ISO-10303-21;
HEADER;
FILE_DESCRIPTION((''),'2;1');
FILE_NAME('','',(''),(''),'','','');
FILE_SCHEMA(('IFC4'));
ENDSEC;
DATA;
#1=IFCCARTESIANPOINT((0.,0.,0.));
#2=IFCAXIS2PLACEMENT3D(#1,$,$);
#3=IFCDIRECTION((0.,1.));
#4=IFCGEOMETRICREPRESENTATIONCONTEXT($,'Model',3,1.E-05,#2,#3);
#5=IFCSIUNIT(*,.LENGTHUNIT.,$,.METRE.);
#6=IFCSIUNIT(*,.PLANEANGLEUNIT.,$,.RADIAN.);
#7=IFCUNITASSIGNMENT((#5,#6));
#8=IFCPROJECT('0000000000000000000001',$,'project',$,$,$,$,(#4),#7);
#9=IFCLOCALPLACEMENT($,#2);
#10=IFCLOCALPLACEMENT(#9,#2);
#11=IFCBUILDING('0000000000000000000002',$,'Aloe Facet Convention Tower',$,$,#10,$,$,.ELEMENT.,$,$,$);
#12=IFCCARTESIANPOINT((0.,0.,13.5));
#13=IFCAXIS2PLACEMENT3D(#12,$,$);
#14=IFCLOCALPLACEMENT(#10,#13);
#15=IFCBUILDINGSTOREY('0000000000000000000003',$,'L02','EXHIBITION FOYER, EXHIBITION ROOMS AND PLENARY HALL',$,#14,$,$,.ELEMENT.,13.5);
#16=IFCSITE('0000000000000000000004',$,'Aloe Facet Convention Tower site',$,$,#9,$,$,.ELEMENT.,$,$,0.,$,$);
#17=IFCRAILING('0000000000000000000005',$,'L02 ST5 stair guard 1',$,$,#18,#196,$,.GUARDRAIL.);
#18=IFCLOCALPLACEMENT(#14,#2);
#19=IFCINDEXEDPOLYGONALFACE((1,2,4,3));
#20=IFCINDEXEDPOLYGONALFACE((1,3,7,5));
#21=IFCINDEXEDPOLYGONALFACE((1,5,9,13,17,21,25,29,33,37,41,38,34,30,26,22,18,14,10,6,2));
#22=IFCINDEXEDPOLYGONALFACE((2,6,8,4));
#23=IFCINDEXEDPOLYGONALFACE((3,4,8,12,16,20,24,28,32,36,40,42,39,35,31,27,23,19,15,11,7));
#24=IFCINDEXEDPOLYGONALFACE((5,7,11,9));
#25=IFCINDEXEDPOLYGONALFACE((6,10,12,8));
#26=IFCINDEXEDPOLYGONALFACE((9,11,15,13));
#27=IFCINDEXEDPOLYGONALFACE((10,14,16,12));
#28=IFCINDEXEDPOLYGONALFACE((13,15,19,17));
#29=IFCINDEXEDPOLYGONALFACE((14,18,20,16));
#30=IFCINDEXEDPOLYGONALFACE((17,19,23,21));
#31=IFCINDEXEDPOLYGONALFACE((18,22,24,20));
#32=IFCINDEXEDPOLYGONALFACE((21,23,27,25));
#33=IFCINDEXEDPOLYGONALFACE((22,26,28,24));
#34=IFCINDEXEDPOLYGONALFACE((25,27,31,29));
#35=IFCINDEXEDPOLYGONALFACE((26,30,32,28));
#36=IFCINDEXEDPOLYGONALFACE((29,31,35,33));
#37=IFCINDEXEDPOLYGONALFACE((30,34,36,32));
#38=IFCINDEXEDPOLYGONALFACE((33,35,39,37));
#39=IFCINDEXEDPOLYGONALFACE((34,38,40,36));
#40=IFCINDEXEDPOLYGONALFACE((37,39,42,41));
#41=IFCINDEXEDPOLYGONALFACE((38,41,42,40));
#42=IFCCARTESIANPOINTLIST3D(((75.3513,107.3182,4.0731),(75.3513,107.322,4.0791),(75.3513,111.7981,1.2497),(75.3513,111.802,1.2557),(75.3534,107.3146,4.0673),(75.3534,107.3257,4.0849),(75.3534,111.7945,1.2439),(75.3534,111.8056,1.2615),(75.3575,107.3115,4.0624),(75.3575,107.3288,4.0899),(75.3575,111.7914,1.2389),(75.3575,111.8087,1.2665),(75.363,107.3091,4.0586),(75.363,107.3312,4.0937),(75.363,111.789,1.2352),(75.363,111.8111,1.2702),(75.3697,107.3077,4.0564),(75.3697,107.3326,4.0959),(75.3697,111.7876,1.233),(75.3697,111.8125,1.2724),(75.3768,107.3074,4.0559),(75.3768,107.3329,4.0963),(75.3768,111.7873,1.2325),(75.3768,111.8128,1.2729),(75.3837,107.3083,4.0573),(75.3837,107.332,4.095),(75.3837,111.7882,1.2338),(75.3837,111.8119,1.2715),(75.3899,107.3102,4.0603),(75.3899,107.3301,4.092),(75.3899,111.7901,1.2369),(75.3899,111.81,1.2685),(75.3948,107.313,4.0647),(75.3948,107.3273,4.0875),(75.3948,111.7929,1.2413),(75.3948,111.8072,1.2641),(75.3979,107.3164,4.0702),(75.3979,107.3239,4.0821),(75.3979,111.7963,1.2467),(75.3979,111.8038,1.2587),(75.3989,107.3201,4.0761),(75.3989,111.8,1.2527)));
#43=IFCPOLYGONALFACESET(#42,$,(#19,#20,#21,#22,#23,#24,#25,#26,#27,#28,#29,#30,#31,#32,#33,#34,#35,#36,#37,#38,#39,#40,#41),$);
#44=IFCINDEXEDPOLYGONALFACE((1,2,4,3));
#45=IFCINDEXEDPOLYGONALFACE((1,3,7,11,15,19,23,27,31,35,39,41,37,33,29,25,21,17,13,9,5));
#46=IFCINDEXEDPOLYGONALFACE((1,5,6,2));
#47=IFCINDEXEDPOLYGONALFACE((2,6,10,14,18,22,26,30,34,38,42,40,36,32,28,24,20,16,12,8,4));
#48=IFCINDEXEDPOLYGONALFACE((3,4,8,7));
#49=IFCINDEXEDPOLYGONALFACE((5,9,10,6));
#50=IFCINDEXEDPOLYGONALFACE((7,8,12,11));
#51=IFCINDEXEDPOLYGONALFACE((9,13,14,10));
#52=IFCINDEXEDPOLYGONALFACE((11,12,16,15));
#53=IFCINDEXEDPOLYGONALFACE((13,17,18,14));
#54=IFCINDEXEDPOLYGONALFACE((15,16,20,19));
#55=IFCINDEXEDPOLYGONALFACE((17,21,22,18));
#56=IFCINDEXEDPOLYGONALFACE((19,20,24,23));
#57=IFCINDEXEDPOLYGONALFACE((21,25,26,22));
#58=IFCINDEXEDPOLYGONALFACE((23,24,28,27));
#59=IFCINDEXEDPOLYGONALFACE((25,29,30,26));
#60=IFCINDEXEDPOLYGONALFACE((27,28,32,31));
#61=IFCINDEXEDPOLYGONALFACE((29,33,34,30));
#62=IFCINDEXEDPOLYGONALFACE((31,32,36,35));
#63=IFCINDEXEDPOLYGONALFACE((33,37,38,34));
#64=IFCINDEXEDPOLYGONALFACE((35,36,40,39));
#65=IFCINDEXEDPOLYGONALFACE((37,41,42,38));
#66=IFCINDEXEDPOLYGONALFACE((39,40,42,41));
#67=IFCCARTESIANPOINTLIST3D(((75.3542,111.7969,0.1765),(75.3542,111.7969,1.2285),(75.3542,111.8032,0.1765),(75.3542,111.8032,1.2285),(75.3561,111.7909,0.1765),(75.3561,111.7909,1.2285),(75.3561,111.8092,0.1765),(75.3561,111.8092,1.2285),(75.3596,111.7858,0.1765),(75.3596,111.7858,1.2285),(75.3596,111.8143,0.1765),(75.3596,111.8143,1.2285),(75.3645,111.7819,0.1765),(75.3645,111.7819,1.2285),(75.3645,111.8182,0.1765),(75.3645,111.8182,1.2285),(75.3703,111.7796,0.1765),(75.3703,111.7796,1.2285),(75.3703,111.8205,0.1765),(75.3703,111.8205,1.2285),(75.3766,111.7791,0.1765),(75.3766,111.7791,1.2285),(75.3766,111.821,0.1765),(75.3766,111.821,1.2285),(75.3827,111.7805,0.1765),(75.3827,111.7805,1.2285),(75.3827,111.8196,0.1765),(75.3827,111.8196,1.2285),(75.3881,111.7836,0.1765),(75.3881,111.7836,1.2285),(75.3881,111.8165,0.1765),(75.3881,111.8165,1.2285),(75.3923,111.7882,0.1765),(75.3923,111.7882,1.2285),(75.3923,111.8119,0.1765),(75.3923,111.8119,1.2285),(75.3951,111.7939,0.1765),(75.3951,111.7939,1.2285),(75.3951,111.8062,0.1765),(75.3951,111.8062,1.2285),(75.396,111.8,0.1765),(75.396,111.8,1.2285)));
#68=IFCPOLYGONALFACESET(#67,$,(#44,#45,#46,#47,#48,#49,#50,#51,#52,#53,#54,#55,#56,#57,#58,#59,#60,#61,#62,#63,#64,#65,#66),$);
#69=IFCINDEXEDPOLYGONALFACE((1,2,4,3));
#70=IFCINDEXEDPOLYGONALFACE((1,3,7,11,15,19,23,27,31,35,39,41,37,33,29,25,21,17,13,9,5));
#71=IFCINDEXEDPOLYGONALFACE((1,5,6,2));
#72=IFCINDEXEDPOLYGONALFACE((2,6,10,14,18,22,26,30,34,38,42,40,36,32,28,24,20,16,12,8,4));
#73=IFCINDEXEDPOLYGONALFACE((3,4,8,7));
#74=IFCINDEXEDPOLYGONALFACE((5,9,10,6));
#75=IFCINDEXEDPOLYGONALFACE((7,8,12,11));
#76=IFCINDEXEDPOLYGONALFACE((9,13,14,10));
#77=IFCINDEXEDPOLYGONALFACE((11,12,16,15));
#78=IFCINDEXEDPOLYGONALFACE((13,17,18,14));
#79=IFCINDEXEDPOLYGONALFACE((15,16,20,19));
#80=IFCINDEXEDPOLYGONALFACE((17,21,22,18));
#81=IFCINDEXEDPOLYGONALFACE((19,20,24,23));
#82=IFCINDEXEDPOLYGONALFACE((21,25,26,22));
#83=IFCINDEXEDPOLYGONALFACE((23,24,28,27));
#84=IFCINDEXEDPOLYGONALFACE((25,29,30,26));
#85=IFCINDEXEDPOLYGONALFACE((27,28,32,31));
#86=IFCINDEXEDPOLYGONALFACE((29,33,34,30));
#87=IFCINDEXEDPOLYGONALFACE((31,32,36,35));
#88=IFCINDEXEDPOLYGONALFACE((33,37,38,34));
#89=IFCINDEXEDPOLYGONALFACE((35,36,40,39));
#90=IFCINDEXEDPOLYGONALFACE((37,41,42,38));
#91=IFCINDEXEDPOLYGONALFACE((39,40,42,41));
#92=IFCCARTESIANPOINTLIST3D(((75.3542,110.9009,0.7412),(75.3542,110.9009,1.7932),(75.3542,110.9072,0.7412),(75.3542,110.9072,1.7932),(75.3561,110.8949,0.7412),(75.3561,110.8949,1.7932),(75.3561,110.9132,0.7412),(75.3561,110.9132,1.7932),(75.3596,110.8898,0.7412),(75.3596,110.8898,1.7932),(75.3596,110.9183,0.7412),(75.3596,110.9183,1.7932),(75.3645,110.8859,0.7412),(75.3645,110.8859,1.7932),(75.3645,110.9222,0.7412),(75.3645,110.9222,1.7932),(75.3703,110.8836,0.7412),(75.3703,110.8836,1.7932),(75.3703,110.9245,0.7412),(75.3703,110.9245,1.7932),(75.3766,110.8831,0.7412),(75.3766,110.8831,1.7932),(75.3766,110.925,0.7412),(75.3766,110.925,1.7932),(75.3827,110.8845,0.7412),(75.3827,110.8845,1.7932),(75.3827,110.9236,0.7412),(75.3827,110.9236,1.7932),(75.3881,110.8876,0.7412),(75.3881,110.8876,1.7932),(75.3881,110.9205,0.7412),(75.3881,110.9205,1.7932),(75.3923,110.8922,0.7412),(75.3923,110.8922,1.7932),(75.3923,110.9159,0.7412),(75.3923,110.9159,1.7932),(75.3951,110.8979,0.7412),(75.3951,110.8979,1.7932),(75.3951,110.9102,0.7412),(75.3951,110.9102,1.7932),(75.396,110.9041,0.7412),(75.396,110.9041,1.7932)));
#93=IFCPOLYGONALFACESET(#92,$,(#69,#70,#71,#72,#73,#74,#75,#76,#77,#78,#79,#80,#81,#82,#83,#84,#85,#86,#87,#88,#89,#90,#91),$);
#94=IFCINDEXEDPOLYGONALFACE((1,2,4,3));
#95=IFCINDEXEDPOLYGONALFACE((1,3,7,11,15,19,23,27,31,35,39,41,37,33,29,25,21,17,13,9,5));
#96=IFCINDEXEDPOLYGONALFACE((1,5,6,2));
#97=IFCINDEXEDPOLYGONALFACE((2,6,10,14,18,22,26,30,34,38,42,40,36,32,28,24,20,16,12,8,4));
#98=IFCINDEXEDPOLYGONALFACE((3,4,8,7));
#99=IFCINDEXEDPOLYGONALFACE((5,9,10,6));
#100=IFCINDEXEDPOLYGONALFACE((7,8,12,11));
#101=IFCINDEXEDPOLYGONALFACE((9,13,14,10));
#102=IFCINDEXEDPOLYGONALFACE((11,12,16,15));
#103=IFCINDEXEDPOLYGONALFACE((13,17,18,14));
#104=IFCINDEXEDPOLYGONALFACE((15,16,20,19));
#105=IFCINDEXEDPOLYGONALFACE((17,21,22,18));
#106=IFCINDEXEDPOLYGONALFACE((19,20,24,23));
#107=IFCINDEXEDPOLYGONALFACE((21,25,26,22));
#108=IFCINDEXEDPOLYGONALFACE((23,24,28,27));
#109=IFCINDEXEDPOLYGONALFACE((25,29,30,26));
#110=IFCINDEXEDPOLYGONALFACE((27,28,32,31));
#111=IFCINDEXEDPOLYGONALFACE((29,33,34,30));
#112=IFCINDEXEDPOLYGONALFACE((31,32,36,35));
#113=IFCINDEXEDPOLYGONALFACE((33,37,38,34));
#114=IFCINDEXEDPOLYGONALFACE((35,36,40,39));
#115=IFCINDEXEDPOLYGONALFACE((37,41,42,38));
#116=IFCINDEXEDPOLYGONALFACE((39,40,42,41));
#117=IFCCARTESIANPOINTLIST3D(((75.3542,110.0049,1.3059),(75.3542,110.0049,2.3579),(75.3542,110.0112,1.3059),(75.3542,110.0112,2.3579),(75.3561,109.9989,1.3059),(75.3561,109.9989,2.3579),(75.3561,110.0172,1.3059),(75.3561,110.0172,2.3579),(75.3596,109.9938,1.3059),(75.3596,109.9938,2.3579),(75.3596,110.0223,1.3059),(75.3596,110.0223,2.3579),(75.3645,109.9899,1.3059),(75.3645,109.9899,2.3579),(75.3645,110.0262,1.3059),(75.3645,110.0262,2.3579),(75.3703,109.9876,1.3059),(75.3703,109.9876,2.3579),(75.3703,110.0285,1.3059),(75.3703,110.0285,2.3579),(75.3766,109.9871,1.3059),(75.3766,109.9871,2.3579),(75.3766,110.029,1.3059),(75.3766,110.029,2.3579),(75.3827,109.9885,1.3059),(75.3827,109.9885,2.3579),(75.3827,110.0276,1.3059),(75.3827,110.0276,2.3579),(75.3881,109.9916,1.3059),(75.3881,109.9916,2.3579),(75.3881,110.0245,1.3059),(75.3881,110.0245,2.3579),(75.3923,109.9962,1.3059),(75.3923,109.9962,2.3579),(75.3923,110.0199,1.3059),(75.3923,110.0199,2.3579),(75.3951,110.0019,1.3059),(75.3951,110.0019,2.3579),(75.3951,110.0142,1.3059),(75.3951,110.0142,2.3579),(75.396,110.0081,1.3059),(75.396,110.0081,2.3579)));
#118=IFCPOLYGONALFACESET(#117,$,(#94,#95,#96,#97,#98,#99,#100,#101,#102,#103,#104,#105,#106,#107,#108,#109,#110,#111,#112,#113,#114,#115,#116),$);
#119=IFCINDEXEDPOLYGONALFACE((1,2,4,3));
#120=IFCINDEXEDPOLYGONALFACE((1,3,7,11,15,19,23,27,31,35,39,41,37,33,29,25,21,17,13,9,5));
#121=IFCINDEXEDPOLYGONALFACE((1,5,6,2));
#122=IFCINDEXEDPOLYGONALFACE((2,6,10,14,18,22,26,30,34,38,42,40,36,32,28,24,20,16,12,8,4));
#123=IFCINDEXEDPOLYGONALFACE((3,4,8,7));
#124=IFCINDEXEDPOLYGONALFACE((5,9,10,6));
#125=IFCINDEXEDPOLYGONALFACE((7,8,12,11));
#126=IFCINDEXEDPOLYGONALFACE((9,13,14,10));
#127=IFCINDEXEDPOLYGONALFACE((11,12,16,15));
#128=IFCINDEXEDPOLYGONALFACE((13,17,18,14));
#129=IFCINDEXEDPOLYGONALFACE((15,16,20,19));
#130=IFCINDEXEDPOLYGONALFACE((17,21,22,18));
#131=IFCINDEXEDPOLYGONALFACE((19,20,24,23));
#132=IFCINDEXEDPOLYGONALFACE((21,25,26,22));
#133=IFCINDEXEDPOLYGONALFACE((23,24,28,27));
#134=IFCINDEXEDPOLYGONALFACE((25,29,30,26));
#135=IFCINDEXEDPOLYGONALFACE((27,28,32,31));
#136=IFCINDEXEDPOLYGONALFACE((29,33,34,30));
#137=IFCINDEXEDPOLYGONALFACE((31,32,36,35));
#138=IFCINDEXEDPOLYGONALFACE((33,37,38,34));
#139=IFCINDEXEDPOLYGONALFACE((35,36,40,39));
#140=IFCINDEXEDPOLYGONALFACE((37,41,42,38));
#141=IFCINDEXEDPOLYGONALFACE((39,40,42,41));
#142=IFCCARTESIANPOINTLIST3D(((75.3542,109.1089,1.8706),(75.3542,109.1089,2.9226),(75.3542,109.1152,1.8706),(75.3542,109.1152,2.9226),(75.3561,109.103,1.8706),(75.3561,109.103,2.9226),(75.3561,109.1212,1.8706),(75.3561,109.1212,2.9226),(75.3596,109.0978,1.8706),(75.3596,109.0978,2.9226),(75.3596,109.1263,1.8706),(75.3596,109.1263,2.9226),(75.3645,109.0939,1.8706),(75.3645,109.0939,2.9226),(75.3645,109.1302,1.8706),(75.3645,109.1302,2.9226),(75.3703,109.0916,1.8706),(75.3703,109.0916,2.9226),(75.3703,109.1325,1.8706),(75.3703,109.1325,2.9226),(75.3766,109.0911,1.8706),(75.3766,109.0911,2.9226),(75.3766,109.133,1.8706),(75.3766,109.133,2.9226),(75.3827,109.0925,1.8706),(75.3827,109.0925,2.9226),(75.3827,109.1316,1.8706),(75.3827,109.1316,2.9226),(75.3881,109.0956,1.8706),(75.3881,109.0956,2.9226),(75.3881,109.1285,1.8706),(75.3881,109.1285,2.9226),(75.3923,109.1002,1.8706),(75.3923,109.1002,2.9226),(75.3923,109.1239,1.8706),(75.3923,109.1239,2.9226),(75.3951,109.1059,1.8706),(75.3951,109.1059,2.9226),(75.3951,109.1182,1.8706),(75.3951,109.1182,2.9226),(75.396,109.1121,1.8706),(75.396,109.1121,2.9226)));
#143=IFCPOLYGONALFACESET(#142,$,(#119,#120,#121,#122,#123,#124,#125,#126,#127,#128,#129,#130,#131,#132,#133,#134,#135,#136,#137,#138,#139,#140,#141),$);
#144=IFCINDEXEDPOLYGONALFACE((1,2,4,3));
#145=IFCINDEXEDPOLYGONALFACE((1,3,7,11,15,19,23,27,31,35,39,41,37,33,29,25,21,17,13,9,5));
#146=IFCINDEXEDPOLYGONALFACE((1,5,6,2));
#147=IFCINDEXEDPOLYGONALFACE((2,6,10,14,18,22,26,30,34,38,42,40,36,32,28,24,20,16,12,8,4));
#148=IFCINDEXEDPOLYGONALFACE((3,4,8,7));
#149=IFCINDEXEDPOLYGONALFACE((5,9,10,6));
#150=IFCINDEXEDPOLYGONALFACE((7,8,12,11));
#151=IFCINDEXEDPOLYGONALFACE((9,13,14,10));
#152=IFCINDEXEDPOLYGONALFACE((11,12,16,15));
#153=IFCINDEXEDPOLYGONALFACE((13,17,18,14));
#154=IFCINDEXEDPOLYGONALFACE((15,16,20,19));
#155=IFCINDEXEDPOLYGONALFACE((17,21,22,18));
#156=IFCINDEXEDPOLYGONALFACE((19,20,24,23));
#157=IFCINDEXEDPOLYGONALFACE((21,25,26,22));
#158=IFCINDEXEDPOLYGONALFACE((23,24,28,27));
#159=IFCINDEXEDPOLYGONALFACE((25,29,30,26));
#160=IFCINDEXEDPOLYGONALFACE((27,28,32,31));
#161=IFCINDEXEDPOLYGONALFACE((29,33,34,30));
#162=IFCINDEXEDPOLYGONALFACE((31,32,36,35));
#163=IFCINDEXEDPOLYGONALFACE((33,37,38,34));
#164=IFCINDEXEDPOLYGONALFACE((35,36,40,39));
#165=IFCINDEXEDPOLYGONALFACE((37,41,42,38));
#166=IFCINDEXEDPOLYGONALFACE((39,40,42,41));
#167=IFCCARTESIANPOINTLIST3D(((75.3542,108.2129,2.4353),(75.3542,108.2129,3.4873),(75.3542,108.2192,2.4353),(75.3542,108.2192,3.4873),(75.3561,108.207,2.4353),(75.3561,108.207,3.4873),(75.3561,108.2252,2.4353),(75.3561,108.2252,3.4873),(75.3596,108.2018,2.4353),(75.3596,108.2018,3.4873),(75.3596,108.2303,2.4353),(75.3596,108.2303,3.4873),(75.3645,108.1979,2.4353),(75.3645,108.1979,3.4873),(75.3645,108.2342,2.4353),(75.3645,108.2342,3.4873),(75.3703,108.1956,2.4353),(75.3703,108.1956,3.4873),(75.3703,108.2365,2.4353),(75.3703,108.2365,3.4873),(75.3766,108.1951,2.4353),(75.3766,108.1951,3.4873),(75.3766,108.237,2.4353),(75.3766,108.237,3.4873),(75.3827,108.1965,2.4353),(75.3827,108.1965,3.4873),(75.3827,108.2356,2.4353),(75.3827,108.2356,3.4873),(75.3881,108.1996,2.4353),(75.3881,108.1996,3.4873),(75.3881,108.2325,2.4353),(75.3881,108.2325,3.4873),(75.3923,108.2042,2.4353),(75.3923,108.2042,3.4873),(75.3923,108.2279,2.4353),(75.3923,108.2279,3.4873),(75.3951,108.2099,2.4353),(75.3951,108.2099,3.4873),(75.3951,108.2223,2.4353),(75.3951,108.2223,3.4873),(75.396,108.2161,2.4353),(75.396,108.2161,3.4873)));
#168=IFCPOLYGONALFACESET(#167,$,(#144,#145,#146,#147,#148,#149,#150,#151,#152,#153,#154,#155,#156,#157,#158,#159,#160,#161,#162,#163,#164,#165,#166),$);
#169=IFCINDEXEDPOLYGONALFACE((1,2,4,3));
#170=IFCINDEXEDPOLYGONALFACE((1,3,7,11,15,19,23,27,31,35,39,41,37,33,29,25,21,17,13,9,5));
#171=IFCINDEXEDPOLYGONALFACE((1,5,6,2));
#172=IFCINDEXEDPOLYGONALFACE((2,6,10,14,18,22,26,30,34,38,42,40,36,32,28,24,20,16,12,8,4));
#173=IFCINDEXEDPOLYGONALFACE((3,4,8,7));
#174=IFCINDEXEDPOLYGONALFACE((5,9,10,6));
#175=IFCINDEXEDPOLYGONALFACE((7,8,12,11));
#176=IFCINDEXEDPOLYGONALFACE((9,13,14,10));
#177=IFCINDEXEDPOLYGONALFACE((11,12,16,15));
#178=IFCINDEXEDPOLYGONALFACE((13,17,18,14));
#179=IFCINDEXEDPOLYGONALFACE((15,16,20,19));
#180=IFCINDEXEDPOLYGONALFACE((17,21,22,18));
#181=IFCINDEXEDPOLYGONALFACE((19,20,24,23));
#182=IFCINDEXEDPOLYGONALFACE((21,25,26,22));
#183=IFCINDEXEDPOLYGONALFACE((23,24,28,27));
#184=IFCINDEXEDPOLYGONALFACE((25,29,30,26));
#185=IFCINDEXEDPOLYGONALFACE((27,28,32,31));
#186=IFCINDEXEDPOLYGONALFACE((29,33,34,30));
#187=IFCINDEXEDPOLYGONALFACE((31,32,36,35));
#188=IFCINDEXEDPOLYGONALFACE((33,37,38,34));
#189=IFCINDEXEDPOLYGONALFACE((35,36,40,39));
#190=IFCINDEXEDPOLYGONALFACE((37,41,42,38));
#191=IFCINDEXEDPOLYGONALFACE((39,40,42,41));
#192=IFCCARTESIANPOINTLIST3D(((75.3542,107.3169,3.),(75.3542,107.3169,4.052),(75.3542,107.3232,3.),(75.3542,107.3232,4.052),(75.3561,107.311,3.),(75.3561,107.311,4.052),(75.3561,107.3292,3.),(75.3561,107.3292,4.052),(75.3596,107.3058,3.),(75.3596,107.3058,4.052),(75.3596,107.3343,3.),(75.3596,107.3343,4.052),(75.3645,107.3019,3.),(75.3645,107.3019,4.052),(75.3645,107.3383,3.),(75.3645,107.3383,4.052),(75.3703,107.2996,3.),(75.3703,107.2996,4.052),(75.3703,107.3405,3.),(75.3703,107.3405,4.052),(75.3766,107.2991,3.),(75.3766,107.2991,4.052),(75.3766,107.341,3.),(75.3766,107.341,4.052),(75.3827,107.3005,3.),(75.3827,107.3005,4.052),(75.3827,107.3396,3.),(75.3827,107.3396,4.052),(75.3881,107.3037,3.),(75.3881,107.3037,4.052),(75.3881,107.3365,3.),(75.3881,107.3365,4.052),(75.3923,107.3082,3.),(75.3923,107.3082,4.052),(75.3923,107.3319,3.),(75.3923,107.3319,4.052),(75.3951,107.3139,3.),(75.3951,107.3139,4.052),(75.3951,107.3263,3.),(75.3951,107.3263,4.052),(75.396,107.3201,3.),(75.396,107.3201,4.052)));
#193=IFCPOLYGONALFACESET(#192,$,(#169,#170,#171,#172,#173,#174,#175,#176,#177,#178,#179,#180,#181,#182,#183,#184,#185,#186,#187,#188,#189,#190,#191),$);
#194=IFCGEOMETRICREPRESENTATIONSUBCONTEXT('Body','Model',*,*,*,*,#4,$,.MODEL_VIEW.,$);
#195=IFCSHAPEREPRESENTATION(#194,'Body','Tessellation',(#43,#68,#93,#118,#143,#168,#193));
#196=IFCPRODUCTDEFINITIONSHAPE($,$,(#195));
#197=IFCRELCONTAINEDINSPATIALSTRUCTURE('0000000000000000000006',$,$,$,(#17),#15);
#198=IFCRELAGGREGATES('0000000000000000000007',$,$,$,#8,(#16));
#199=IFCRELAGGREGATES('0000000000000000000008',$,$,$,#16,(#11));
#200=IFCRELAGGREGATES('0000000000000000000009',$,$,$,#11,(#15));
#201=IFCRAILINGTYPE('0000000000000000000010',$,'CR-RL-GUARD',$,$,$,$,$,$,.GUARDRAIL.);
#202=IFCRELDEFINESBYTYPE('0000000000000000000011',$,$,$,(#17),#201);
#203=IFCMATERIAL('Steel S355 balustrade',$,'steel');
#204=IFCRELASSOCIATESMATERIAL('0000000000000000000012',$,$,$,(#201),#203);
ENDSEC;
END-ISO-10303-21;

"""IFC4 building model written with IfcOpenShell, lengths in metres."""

from ifc_helpers import new_model, si_unit, direction, frame, origin, origin_2d, place, context, subcontext, project, spatial, circle, extrude, material, type_object, element, save


model = new_model("IFC4")

# Units and contexts
model_context = context("Model", 3, precision=1e-05, world=origin(), true_north=direction((0.0, 1.0)))
body_context = subcontext(model_context, "Body", "Model", "MODEL_VIEW")
ifc_project = project(units=[si_unit("LENGTHUNIT", "METRE"), si_unit("PLANEANGLEUNIT", "RADIAN")], contexts=[model_context])

# Site, building, storey
site_placement = place(None, origin())
site = spatial("IfcSite", under=ifc_project, at=site_placement, Name="Aloe Facet Convention Tower site", CompositionType="ELEMENT", RefElevation=0.0)
building_placement = place(site_placement, origin())
building = spatial("IfcBuilding", under=site, at=building_placement, Name="Aloe Facet Convention Tower", CompositionType="ELEMENT")
storey_placement = place(building_placement, frame((0.0, 0.0, 13.5)))
storey = spatial("IfcBuildingStorey", under=building, at=storey_placement, Name="L02", Description="EXHIBITION FOYER, EXHIBITION ROOMS AND PLENARY HALL", CompositionType="ELEMENT", Elevation=13.5)

# Railing
ifc_material_1 = material(Name="Steel S355 balustrade", Category="steel")
railing_type_1 = type_object("IfcRailingType", Name="CR-RL-GUARD", PredefinedType="GUARDRAIL", material=ifc_material_1)
railing_1_placement = place(storey_placement, frame((75.375, 111.8, 0.1765)))
element("IfcRailing", 1, at=railing_1_placement, inside=storey, type_object=railing_type_1, Name="L02 ST5 stair guard 1", PredefinedType="GUARDRAIL", context=body_context, shape_type="SweptSolid", body=[
    extrude(circle(Radius=0.0239, at=origin_2d()), frame((0.0, 0.0, 1.0762), z_axis=(0.0, -0.845998, 0.533186), x_axis=(1.0, 0.0, 0.0)), (0.0, 0.0, 1.0), 5.2954),
    extrude(circle(Radius=0.021, at=origin_2d()), origin(), (0.0, 0.0, 1.0), 1.052),
    extrude(circle(Radius=0.021, at=origin_2d()), frame((0.0, -0.896, 0.5647)), (0.0, 0.0, 1.0), 1.052),
    extrude(circle(Radius=0.021, at=origin_2d()), frame((0.0, -1.792, 1.1294)), (0.0, 0.0, 1.0), 1.052),
    extrude(circle(Radius=0.021, at=origin_2d()), frame((0.0, -2.688, 1.6941)), (0.0, 0.0, 1.0), 1.052),
    extrude(circle(Radius=0.021, at=origin_2d()), frame((0.0, -3.584, 2.2588)), (0.0, 0.0, 1.0), 1.052),
    extrude(circle(Radius=0.021, at=origin_2d()), frame((0.0, -4.48, 2.8235)), (0.0, 0.0, 1.0), 1.052),
])

save(model, "model.ifc")
